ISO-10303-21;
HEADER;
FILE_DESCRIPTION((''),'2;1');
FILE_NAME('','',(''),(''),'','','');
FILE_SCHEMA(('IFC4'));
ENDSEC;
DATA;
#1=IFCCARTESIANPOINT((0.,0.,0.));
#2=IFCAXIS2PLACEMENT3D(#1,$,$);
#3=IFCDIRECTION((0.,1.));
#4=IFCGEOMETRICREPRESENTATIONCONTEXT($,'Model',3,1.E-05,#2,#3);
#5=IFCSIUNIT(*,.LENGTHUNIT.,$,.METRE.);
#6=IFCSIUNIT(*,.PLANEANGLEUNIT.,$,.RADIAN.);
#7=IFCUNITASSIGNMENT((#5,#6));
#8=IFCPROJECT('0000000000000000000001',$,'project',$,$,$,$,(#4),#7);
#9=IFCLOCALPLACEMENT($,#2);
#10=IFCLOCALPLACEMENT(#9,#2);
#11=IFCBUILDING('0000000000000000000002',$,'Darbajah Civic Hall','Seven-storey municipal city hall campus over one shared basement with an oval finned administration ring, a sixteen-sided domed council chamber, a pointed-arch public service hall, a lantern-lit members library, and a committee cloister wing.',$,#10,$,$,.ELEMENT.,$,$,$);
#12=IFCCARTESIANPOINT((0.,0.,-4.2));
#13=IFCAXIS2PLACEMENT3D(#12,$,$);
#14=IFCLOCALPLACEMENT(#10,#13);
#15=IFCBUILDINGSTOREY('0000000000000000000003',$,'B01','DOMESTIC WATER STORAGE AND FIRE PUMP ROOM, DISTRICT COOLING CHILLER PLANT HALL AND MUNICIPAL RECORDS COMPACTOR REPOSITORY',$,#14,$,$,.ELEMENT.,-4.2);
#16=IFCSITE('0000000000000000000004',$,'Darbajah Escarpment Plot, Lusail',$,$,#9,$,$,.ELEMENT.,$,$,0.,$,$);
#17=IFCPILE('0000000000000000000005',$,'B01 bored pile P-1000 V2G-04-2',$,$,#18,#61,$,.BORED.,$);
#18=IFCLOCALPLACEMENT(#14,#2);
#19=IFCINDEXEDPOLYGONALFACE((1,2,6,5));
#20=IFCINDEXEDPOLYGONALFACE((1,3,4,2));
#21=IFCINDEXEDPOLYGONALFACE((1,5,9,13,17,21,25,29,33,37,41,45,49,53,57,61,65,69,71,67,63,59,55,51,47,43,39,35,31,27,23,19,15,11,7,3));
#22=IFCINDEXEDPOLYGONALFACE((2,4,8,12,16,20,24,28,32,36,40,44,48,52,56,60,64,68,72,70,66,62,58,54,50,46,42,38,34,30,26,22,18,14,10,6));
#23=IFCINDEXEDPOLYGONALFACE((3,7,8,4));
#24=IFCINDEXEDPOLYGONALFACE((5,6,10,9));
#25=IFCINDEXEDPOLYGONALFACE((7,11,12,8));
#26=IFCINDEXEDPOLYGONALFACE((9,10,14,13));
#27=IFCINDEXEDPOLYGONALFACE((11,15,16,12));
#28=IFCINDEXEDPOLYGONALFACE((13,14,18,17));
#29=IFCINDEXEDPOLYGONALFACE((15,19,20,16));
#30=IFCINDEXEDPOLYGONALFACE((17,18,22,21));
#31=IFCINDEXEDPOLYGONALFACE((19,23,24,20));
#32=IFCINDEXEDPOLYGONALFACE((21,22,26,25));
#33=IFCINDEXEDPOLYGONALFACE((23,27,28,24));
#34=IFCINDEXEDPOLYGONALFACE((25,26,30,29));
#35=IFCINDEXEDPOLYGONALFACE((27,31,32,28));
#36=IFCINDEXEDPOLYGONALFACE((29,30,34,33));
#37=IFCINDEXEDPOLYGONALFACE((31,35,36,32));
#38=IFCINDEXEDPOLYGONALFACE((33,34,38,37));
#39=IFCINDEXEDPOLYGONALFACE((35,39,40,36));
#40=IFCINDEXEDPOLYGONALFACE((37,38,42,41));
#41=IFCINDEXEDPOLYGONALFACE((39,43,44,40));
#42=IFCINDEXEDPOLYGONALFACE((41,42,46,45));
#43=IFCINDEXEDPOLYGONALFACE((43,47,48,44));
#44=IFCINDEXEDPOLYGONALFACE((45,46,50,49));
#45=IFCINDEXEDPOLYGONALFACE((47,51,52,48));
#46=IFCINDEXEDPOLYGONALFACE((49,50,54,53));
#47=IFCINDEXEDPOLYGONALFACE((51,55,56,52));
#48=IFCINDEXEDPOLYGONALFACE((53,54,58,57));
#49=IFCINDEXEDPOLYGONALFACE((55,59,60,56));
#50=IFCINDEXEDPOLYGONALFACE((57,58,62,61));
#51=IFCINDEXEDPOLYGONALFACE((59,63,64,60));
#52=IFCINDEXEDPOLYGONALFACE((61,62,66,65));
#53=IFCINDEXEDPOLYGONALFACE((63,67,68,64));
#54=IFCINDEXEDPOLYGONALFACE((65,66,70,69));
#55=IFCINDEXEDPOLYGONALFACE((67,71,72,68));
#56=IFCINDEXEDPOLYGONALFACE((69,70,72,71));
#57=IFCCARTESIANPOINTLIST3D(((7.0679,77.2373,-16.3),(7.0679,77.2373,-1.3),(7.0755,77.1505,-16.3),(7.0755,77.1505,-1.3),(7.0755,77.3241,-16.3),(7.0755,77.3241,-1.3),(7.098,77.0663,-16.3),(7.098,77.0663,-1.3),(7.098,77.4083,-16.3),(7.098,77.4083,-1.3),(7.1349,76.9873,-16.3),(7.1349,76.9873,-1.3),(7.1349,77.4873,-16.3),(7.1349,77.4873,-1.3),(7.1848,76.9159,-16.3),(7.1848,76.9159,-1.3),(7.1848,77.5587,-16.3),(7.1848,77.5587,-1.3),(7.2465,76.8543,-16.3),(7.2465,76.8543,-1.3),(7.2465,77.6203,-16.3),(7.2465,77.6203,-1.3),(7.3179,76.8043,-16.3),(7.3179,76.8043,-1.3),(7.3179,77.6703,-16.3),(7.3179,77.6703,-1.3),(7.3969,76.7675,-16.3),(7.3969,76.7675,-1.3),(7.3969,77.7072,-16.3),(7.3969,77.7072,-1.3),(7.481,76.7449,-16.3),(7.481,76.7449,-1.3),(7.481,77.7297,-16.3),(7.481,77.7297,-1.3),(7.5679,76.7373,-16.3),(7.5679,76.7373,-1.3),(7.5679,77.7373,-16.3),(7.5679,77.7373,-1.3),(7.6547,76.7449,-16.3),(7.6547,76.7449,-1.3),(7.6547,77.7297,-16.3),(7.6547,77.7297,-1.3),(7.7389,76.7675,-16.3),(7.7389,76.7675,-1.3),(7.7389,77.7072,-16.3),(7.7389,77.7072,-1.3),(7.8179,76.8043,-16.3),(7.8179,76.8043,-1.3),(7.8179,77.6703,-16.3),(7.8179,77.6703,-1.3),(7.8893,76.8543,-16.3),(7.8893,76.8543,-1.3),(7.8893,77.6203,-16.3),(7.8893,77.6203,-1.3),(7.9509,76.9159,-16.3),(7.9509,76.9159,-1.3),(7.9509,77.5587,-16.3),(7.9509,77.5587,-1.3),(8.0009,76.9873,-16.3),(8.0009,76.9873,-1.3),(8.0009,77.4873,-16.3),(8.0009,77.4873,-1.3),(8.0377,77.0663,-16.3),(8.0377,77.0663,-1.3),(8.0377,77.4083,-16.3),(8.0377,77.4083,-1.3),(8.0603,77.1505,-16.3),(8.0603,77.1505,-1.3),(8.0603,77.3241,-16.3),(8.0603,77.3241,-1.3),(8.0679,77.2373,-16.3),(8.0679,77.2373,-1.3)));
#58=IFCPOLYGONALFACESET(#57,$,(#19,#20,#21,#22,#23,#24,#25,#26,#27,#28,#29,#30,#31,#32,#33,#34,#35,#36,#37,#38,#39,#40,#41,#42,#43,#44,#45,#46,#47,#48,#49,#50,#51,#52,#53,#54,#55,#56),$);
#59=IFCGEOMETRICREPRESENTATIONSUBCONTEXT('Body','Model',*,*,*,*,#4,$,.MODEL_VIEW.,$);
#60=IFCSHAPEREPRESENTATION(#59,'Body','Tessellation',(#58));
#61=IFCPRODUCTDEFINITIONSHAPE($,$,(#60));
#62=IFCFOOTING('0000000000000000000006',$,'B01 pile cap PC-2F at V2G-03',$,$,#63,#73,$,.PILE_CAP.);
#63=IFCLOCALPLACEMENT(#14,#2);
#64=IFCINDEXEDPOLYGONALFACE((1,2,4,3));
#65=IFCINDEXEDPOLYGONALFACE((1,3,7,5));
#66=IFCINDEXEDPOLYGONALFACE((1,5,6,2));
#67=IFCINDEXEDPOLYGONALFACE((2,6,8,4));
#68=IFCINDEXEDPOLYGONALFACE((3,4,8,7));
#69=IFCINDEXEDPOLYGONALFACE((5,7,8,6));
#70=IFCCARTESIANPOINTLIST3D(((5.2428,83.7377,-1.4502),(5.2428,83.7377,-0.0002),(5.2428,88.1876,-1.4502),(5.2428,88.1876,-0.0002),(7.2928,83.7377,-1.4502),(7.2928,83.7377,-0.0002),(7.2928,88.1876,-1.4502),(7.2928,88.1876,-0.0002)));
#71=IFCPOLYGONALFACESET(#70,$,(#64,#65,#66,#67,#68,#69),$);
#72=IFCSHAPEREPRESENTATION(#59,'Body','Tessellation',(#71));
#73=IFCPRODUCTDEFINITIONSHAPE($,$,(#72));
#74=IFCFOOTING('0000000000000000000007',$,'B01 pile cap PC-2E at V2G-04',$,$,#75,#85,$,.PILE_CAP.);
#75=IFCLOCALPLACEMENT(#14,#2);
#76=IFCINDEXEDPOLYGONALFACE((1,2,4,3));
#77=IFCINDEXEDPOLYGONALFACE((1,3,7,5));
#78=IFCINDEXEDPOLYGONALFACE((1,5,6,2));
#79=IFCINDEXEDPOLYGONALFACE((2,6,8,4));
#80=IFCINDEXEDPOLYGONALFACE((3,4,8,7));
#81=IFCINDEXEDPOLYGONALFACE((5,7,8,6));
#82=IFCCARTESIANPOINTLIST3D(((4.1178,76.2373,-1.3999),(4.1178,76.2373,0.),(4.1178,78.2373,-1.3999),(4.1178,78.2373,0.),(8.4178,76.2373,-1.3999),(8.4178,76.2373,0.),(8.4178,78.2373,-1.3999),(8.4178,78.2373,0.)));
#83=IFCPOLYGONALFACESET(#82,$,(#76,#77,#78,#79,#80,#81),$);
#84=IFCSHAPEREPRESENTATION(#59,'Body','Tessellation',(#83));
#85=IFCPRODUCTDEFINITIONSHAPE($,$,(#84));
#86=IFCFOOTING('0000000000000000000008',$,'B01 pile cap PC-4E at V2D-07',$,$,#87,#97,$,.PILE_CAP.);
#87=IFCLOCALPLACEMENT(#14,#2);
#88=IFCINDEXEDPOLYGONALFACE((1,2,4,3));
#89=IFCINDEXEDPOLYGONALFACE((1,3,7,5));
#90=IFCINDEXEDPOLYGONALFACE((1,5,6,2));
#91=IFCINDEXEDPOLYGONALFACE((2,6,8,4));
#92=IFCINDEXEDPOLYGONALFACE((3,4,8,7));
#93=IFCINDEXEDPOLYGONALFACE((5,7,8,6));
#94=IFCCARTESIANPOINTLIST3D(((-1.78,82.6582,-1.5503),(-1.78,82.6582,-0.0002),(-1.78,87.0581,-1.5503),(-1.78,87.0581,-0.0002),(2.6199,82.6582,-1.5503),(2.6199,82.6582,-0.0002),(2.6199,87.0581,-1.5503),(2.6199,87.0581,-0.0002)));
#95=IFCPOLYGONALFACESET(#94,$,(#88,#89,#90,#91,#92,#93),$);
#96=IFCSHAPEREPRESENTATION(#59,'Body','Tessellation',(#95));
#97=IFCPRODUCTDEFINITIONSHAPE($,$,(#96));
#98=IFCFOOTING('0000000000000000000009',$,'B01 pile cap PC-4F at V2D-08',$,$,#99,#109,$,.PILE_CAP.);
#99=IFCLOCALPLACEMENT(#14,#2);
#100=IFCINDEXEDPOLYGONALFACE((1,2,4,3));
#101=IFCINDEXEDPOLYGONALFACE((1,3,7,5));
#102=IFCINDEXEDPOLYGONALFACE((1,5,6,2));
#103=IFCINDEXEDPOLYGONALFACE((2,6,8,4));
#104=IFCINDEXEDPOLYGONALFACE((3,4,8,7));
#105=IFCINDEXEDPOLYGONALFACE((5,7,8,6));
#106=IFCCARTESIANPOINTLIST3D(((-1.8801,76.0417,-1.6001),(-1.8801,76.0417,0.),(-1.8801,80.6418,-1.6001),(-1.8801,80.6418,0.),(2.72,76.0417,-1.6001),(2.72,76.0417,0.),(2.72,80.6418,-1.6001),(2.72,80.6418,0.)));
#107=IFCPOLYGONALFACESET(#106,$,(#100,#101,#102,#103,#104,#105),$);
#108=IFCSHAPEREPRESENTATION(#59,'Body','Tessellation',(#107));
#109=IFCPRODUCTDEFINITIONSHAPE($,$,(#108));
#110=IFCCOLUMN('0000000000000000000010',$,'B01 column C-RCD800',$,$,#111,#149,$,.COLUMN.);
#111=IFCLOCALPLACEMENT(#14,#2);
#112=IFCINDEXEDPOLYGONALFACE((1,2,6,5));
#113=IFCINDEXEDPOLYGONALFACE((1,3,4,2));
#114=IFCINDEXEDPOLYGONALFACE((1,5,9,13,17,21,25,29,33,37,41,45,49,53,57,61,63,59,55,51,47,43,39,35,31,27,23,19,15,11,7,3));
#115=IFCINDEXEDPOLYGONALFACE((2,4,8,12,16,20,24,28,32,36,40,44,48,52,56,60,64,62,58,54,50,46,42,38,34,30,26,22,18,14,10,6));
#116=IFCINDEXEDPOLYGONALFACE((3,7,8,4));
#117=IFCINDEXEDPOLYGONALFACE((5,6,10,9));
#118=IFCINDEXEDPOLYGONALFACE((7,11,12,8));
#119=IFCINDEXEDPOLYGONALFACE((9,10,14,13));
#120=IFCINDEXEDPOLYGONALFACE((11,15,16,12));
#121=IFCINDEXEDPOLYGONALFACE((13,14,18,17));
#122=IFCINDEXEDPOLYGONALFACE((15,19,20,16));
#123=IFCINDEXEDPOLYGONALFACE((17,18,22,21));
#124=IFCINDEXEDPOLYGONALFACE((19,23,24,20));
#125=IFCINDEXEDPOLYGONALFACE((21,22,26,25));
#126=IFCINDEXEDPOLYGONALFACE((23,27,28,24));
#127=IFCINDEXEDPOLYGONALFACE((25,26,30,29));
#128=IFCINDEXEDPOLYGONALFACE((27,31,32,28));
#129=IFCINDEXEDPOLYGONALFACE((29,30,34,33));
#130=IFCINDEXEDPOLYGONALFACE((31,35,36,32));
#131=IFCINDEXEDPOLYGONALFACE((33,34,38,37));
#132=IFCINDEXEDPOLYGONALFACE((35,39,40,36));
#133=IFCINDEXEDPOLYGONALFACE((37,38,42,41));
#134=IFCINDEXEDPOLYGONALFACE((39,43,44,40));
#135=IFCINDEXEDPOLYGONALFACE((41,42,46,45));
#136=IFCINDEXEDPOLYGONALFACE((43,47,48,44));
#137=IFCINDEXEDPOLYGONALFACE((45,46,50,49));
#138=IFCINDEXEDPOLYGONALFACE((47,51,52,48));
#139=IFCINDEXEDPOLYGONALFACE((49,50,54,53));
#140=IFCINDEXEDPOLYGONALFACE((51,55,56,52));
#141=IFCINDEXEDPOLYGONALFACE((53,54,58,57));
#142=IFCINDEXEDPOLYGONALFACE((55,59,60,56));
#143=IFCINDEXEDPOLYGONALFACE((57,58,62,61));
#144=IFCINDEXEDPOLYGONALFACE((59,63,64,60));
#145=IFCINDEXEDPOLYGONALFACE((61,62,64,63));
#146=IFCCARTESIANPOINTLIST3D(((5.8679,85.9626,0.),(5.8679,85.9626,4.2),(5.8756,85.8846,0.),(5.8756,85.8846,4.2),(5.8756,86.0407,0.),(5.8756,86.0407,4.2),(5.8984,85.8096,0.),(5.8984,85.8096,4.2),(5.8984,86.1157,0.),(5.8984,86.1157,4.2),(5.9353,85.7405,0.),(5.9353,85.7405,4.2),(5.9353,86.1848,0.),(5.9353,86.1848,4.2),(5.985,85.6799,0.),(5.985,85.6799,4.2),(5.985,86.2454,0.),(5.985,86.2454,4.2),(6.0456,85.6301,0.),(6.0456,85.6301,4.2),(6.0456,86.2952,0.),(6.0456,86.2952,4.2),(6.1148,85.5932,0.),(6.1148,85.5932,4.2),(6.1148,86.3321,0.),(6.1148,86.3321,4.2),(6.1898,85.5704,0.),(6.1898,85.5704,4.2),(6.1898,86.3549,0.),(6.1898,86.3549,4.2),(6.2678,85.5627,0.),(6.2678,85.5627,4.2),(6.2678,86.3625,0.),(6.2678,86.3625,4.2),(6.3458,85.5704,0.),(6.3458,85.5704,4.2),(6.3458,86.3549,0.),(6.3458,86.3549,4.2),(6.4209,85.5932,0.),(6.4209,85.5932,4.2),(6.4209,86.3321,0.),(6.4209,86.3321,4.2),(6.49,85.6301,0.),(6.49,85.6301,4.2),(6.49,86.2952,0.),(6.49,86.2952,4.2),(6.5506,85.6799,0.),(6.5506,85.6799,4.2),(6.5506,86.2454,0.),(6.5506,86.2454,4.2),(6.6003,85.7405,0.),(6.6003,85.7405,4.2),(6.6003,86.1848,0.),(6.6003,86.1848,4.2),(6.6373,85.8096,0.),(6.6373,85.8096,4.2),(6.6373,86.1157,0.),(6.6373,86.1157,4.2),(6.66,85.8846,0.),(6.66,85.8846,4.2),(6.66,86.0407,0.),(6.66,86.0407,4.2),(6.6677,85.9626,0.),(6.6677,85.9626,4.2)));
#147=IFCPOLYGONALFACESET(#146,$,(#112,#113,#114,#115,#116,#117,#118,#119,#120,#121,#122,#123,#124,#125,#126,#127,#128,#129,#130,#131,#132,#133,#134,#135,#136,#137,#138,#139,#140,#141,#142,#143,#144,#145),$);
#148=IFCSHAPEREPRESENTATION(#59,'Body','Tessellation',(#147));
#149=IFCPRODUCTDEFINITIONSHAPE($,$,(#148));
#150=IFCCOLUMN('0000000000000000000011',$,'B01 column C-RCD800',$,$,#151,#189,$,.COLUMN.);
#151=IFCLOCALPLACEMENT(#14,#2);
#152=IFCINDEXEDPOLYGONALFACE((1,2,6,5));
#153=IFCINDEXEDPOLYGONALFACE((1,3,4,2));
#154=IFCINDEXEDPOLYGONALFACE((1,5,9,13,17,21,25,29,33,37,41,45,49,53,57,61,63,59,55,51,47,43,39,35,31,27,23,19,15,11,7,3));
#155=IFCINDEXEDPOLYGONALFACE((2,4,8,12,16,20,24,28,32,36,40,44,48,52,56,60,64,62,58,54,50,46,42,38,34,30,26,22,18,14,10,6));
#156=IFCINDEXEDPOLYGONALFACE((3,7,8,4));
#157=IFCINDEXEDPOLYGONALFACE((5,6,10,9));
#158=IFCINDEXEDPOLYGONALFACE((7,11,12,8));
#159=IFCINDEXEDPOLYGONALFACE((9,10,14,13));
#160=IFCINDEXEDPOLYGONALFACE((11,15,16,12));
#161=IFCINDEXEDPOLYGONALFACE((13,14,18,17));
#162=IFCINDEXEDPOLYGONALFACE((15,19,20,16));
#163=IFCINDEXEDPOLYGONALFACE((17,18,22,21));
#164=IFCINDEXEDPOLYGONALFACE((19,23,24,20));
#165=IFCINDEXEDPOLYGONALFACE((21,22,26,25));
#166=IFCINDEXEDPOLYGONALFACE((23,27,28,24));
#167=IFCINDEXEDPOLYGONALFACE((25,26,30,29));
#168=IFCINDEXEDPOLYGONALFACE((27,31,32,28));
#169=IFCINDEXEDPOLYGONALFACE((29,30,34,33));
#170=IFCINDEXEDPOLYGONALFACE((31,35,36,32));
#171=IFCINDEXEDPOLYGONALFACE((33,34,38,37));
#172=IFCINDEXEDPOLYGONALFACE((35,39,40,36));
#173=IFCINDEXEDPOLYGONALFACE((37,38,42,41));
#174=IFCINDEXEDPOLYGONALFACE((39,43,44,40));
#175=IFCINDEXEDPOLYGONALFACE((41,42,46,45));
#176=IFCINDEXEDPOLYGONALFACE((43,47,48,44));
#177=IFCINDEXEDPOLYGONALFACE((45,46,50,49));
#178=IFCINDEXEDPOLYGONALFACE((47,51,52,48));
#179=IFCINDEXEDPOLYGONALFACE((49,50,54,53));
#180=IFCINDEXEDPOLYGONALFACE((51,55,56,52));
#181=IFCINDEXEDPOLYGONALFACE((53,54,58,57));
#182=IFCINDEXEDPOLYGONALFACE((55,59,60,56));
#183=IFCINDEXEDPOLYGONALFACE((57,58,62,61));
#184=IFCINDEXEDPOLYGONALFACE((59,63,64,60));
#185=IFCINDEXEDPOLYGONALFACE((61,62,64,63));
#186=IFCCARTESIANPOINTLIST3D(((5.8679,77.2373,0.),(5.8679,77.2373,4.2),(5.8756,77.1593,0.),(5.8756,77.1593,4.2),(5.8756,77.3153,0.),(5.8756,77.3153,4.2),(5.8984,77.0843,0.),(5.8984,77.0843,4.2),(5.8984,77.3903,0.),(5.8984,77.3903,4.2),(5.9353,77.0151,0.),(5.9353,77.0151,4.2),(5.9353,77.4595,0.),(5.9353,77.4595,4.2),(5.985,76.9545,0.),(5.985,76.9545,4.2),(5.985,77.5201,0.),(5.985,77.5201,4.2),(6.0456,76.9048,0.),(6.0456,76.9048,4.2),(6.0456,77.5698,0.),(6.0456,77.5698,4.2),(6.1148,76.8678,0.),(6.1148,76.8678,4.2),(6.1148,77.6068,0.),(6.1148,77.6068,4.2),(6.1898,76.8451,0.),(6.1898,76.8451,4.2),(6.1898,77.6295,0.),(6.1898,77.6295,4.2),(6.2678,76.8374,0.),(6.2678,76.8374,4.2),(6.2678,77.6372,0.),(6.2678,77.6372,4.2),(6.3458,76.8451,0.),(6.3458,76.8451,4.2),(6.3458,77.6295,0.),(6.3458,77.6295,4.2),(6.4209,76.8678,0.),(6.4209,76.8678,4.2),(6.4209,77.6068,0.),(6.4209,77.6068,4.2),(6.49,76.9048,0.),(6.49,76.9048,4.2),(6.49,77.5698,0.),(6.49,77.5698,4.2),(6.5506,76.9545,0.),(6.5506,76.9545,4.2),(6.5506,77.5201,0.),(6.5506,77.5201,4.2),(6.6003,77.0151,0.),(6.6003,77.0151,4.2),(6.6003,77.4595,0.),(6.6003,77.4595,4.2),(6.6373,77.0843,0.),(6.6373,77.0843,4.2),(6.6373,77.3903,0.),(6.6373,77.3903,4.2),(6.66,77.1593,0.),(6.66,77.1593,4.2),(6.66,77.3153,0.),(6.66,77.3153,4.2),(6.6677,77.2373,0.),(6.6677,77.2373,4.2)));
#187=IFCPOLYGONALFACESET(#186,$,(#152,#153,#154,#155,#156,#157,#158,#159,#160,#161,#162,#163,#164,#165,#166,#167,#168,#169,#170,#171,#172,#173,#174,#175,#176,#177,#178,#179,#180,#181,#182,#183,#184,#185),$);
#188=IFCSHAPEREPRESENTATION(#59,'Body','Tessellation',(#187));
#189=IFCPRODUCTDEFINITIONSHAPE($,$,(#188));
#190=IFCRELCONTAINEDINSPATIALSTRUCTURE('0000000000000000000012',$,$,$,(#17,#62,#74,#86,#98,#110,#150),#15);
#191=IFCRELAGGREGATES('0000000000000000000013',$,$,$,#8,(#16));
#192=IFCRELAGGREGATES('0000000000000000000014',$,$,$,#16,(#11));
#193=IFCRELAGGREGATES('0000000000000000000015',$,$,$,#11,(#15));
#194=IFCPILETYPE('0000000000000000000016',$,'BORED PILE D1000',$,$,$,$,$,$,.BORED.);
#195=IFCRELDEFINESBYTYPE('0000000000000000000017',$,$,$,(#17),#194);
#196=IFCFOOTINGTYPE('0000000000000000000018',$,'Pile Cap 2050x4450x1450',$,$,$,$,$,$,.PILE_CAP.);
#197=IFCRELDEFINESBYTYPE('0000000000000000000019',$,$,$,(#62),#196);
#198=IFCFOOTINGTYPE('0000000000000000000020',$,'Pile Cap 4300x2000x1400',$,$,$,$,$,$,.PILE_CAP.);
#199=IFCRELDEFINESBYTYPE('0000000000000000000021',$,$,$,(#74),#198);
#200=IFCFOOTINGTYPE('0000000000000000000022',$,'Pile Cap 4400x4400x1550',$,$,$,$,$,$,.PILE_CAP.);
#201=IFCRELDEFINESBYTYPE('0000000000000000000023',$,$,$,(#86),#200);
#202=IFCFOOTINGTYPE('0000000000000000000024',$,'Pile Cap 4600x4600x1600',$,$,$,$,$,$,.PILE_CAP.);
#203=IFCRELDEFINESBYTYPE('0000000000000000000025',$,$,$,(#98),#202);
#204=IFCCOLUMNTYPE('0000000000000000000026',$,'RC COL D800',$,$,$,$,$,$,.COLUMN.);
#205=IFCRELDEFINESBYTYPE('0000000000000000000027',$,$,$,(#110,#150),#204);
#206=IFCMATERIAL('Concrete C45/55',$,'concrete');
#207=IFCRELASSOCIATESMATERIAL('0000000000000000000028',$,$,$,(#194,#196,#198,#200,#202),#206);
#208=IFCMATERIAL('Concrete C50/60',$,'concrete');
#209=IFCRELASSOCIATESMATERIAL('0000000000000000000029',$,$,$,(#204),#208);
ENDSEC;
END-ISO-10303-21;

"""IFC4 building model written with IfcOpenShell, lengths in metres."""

from ifc_helpers import new_model, si_unit, direction, frame, origin, origin_2d, place, context, subcontext, project, spatial, rectangle, circle, extrude, material, material_profile, profile_set, type_object, element, save


model = new_model("IFC4")

# Units and contexts
model_context = context("Model", 3, precision=1e-05, world=origin(), true_north=direction((0.0, 1.0)))
body_context = subcontext(model_context, "Body", "Model", "MODEL_VIEW")
ifc_project = project(units=[si_unit("LENGTHUNIT", "METRE"), si_unit("PLANEANGLEUNIT", "RADIAN")], contexts=[model_context])

# Site, building, storey
site_placement = place(None, origin())
site = spatial("IfcSite", under=ifc_project, at=site_placement, Name="Darbajah Escarpment Plot, Lusail", CompositionType="ELEMENT", RefElevation=0.0)
building_placement = place(site_placement, origin())
building = spatial("IfcBuilding", under=site, at=building_placement, Name="Darbajah Civic Hall", Description="Seven-storey municipal city hall campus over one shared basement with an oval finned administration ring, a sixteen-sided domed council chamber, a pointed-arch public service hall, a lantern-lit members library, and a committee cloister wing.", CompositionType="ELEMENT")
storey_placement = place(building_placement, frame((0.0, 0.0, -4.2)))
storey = spatial("IfcBuildingStorey", under=building, at=storey_placement, Name="B01", Description="DOMESTIC WATER STORAGE AND FIRE PUMP ROOM, DISTRICT COOLING CHILLER PLANT HALL AND MUNICIPAL RECORDS COMPACTOR REPOSITORY", CompositionType="ELEMENT", Elevation=-4.2)

# Pile
ifc_material_1 = material(Name="Concrete C45/55", Category="concrete")
ifc_material_profile_1 = material_profile(ifc_material_1, circle(Radius=0.5, at=origin_2d()), Name="BORED PILE D1000")
ifc_profile_set_1 = profile_set([ifc_material_profile_1], Name="Concrete C45/55")
pile_type = type_object("IfcPileType", Name="BORED PILE D1000", PredefinedType="BORED", material=ifc_profile_set_1)
for number, where, z_axis, x_axis, name in (
    (1, (7.5679, 77.2373, -1.3), (0.0, 0.0, -1.0), (1.0, 0.0, 0.0), "B01 bored pile P-1000 V2G-04-2"),
):
    element("IfcPile", number, at=place(storey_placement, frame(where, z_axis=z_axis, x_axis=x_axis)), inside=storey, type_object=pile_type, Name=name, PredefinedType="BORED", context=body_context, shape_type="SweptSolid", body=[
        extrude(circle(Radius=0.5, at=origin_2d()), origin(), (0.0, 0.0, 1.0), 15.0),
    ])

# Footings
footing_type_1 = type_object("IfcFootingType", Name="Pile Cap 2050x4450x1450", PredefinedType="PILE_CAP", material=ifc_material_1)
footing_1_placement = place(storey_placement, frame((6.2678, 85.9626, -1.4502), z_axis=(0.0, 0.0, 1.0), x_axis=(1.0, 0.0, 0.0)))
element("IfcFooting", 2, at=footing_1_placement, inside=storey, type_object=footing_type_1, Name="B01 pile cap PC-2F at V2G-03", PredefinedType="PILE_CAP", context=body_context, shape_type="SweptSolid", body=[
    extrude(rectangle(XDim=2.05, YDim=4.45, at=origin_2d()), origin(), (0.0, 0.0, 1.0), 1.45),
])
footing_type_2 = type_object("IfcFootingType", Name="Pile Cap 4300x2000x1400", PredefinedType="PILE_CAP", material=ifc_material_1)
footing_2_placement = place(storey_placement, frame((6.2678, 77.2373, -1.3999), z_axis=(0.0, 0.0, 1.0), x_axis=(1.0, 0.0, 0.0)))
element("IfcFooting", 3, at=footing_2_placement, inside=storey, type_object=footing_type_2, Name="B01 pile cap PC-2E at V2G-04", PredefinedType="PILE_CAP", context=body_context, shape_type="SweptSolid", body=[
    extrude(rectangle(XDim=4.3, YDim=2.0, at=origin_2d()), origin(), (0.0, 0.0, 1.0), 1.3999),
])
footing_type_3 = type_object("IfcFootingType", Name="Pile Cap 4400x4400x1550", PredefinedType="PILE_CAP", material=ifc_material_1)
footing_3_placement = place(storey_placement, frame((0.4199, 84.8582, -1.5503), z_axis=(0.0, 0.0, 1.0), x_axis=(1.0, 0.0, 0.0)))
element("IfcFooting", 4, at=footing_3_placement, inside=storey, type_object=footing_type_3, Name="B01 pile cap PC-4E at V2D-07", PredefinedType="PILE_CAP", context=body_context, shape_type="SweptSolid", body=[
    extrude(rectangle(XDim=4.3999, YDim=4.3999, at=origin_2d()), origin(), (0.0, 0.0, 1.0), 1.55),
])
footing_type_4 = type_object("IfcFootingType", Name="Pile Cap 4600x4600x1600", PredefinedType="PILE_CAP", material=ifc_material_1)
footing_4_placement = place(storey_placement, frame((0.4199, 78.3418, -1.6001), z_axis=(0.0, 0.0, 1.0), x_axis=(1.0, 0.0, 0.0)))
element("IfcFooting", 5, at=footing_4_placement, inside=storey, type_object=footing_type_4, Name="B01 pile cap PC-4F at V2D-08", PredefinedType="PILE_CAP", context=body_context, shape_type="SweptSolid", body=[
    extrude(rectangle(XDim=4.6001, YDim=4.6001, at=origin_2d()), origin(), (0.0, 0.0, 1.0), 1.6001),
])

# Columns
ifc_material_2 = material(Name="Concrete C50/60", Category="concrete")
ifc_material_profile_2 = material_profile(ifc_material_2, circle(Radius=0.3999, at=origin_2d()), Name="RC COL D800")
ifc_profile_set_2 = profile_set([ifc_material_profile_2], Name="Concrete C50/60")
column_type_1 = type_object("IfcColumnType", Name="RC COL D800", PredefinedType="COLUMN", material=ifc_profile_set_2)
for number, where, z_axis, x_axis, name in (
    (6, (6.2678, 85.9626, 0.0), (0.0, 0.0, 1.0), (1.0, 0.0, 0.0), "B01 column C-RCD800"),
    (7, (6.2678, 77.2373, 0.0), (0.0, 0.0, 1.0), (1.0, 0.0, 0.0), "B01 column C-RCD800"),
):
    element("IfcColumn", number, at=place(storey_placement, frame(where, z_axis=z_axis, x_axis=x_axis)), inside=storey, type_object=column_type_1, Name=name, PredefinedType="COLUMN", context=body_context, shape_type="SweptSolid", body=[
        extrude(circle(Radius=0.3999, at=origin_2d()), origin(), (0.0, 0.0, 1.0), 4.2),
    ])

save(model, "model.ifc")
